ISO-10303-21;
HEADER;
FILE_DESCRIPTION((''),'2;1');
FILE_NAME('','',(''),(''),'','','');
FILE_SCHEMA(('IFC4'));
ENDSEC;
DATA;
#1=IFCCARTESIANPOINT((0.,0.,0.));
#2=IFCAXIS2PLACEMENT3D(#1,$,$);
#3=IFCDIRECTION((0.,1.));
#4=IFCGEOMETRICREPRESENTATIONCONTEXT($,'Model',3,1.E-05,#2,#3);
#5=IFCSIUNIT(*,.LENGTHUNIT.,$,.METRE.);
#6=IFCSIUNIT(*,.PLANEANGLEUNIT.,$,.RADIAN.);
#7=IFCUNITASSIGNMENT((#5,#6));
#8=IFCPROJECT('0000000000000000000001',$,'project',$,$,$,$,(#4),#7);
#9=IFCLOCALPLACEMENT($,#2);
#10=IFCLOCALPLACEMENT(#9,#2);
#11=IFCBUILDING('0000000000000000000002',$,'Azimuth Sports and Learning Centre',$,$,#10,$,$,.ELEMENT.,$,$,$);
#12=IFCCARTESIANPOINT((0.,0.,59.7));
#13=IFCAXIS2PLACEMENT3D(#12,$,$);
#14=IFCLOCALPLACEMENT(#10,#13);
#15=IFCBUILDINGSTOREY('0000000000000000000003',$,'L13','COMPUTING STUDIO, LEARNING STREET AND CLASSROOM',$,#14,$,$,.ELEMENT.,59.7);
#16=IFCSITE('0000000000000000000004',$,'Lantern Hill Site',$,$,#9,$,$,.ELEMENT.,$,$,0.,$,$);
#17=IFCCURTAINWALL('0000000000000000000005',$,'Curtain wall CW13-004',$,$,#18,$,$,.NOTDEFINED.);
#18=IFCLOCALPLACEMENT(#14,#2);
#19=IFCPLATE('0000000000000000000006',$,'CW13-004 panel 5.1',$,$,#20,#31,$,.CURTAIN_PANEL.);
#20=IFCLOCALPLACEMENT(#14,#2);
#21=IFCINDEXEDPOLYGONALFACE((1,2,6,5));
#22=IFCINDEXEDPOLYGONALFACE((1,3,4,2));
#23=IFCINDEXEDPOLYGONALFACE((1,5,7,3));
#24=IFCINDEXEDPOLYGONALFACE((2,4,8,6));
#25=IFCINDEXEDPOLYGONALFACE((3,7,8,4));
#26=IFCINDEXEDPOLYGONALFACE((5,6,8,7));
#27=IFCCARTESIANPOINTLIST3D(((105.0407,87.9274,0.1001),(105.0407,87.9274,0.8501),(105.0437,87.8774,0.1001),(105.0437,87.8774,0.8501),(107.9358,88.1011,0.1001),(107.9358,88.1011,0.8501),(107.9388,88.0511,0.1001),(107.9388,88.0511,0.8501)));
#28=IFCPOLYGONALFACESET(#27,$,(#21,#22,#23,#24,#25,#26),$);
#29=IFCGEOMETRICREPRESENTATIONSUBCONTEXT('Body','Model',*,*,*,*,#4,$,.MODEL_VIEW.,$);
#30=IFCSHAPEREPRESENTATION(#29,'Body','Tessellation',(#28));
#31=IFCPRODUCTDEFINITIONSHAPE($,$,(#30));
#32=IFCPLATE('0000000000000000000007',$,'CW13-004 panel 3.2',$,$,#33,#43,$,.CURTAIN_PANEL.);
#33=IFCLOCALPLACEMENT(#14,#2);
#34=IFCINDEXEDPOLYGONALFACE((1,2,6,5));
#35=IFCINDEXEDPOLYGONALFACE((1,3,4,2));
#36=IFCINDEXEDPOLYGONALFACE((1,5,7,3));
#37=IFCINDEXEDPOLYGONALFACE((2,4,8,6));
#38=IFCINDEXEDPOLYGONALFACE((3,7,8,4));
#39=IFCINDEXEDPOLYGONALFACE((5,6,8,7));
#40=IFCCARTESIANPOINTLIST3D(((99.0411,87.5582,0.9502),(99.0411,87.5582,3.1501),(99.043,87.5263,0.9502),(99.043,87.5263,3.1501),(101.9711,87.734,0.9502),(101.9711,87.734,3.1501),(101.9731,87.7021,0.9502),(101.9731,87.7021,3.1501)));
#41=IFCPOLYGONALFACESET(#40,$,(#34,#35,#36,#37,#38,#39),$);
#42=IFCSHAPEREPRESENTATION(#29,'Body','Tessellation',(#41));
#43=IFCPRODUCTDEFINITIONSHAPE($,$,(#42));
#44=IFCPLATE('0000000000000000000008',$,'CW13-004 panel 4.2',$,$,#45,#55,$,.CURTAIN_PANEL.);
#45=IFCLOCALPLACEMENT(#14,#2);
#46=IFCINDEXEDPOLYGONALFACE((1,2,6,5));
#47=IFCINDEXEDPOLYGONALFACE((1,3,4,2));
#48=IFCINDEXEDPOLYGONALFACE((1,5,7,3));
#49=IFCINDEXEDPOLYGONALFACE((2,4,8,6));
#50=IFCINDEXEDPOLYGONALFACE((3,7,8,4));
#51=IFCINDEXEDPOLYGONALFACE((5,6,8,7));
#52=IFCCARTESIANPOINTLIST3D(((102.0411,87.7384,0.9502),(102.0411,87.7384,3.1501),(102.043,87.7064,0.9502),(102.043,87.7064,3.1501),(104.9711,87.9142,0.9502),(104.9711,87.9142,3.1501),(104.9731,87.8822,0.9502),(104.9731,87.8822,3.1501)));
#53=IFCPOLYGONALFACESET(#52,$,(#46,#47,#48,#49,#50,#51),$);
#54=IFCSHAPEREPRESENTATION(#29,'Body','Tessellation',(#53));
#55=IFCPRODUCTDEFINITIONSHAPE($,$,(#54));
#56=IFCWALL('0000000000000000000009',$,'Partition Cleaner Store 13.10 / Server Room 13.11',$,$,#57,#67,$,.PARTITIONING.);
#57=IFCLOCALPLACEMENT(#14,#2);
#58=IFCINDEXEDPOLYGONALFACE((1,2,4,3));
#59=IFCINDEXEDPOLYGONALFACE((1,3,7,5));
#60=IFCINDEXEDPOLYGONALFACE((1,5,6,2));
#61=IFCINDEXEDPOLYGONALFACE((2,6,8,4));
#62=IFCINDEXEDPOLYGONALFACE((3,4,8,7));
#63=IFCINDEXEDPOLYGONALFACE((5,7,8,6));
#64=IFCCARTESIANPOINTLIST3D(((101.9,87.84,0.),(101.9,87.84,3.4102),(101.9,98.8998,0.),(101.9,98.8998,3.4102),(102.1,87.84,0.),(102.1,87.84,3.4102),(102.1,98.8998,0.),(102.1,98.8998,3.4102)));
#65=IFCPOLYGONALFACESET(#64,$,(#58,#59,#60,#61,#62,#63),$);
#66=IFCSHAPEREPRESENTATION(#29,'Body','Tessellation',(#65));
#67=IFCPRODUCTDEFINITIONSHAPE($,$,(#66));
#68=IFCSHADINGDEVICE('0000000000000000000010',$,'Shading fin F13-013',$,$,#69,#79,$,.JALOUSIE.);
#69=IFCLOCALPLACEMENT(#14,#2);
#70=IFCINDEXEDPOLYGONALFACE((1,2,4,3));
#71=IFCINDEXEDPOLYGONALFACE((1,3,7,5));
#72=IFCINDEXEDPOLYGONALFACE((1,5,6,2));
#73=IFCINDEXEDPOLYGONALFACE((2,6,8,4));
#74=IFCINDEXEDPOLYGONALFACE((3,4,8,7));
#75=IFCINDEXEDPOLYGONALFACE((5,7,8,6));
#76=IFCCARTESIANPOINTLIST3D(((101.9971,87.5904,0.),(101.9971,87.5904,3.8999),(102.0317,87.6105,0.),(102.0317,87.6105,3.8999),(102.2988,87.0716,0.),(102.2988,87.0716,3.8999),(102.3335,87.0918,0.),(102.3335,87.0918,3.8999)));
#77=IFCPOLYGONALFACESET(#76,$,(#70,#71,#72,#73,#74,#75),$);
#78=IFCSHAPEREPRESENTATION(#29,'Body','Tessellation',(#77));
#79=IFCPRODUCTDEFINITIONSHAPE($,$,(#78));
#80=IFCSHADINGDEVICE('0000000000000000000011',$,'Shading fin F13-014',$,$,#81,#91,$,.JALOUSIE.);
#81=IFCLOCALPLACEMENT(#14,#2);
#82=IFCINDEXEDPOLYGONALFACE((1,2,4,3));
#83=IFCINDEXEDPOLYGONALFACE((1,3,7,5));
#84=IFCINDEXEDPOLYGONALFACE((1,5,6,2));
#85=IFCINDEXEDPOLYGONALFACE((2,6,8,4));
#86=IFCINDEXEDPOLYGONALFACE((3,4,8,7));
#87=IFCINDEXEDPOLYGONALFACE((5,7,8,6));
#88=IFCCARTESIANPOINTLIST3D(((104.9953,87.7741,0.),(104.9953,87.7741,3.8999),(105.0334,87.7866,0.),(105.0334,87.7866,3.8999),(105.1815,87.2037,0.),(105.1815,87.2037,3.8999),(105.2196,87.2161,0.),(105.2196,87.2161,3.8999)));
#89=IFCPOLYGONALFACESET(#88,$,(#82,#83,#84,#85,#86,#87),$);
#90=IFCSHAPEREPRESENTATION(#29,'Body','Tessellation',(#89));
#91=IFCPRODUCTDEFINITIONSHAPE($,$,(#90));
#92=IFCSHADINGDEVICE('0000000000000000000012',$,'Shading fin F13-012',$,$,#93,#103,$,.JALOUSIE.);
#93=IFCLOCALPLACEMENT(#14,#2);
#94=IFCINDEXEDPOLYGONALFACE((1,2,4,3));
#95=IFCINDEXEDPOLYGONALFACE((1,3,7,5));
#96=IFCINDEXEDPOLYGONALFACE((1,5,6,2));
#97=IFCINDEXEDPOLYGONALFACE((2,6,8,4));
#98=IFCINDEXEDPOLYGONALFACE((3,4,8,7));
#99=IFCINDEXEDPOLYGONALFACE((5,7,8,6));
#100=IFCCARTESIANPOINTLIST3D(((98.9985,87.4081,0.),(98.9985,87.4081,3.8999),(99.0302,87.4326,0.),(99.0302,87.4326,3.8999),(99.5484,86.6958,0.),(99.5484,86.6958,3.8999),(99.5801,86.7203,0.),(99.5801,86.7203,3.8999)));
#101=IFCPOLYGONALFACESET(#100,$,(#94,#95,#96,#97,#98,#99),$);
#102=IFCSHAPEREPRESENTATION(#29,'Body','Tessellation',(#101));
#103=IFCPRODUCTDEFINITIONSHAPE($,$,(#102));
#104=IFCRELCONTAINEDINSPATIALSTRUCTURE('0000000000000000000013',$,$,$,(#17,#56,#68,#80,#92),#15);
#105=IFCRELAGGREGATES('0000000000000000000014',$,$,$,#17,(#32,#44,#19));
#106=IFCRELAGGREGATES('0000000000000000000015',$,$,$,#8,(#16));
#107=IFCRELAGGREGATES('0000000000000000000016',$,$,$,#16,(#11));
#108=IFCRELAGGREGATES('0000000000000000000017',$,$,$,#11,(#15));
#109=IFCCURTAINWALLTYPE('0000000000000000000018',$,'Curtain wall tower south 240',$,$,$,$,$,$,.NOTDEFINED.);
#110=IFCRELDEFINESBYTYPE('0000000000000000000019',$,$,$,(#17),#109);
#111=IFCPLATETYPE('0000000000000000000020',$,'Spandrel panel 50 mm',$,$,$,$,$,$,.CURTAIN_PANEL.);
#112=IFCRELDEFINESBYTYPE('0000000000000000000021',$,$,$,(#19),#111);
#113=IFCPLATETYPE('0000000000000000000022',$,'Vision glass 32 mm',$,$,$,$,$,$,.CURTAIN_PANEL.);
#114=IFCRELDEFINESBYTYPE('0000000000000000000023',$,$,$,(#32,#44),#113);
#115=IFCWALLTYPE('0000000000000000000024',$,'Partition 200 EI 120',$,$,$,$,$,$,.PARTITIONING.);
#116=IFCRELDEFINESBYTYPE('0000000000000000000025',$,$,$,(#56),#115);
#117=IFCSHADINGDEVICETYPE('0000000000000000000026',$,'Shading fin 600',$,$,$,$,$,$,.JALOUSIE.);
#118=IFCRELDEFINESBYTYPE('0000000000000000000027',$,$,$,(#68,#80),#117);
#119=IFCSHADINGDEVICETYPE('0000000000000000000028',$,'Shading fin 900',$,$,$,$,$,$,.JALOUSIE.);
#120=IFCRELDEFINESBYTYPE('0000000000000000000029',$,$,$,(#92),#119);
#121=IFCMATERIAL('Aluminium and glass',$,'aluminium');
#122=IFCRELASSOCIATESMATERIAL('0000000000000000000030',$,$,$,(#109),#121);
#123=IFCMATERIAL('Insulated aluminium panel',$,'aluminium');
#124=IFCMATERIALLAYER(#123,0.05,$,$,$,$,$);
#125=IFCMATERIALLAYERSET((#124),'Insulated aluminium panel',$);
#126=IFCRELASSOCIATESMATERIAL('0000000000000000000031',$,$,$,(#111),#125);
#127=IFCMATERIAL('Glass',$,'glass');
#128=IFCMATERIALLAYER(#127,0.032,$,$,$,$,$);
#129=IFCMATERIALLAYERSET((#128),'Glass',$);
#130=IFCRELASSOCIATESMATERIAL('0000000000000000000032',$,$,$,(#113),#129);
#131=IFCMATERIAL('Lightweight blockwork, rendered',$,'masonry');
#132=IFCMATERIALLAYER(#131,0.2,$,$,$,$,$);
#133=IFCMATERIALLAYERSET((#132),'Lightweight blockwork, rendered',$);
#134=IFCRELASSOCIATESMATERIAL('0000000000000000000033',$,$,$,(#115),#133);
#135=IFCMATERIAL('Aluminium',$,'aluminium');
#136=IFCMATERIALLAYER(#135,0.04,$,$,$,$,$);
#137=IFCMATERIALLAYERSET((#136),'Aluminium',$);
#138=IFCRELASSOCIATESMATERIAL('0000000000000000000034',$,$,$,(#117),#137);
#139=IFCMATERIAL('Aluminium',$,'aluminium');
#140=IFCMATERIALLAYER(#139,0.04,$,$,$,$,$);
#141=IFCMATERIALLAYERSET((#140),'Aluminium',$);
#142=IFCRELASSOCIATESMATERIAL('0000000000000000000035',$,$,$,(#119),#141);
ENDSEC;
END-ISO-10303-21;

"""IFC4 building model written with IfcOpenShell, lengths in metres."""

from ifc_helpers import new_model, si_unit, direction, frame, frame_2d, origin, origin_2d, place, context, subcontext, project, spatial, rectangle, extrude, material, layer, layer_set, type_object, element, aggregate, save


model = new_model("IFC4")

# Units and contexts
model_context = context("Model", 3, precision=1e-05, world=origin(), true_north=direction((0.0, 1.0)))
body_context = subcontext(model_context, "Body", "Model", "MODEL_VIEW")
ifc_project = project(units=[si_unit("LENGTHUNIT", "METRE"), si_unit("PLANEANGLEUNIT", "RADIAN")], contexts=[model_context])

# Site, building, storey
site_placement = place(None, origin())
site = spatial("IfcSite", under=ifc_project, at=site_placement, Name="Lantern Hill Site", CompositionType="ELEMENT", RefElevation=0.0)
building_placement = place(site_placement, origin())
building = spatial("IfcBuilding", under=site, at=building_placement, Name="Azimuth Sports and Learning Centre", CompositionType="ELEMENT")
storey_placement = place(building_placement, frame((0.0, 0.0, 59.7)))
storey = spatial("IfcBuildingStorey", under=building, at=storey_placement, Name="L13", Description="COMPUTING STUDIO, LEARNING STREET AND CLASSROOM", CompositionType="ELEMENT", Elevation=59.7)

# Curtain wall, plates
ifc_material_1 = material(Name="Aluminium and glass", Category="aluminium")
curtain_wall_type = type_object("IfcCurtainWallType", Name="Curtain wall tower south 240", PredefinedType="NOTDEFINED", material=ifc_material_1)
curtain_wall_placement = place(storey_placement, origin())
curtain_wall = element("IfcCurtainWall", 1, at=curtain_wall_placement, inside=storey, type_object=curtain_wall_type, Name="Curtain wall CW13-004", PredefinedType="NOTDEFINED")
ifc_material_2 = material(Name="Insulated aluminium panel", Category="aluminium")
ifc_layer_1 = layer(ifc_material_2, 0.05)
ifc_layer_set_1 = layer_set([ifc_layer_1], Name="Insulated aluminium panel")
plate_type_1 = type_object("IfcPlateType", Name="Spandrel panel 50 mm", PredefinedType="CURTAIN_PANEL", material=ifc_layer_set_1)
plate_1_placement = place(storey_placement, frame((106.4897, 87.9893, 0.1001), z_axis=(0.0, 0.0, 1.0), x_axis=(0.998205, 0.059892, 0.0)))
plate_1 = element("IfcPlate", 2, at=plate_1_placement, type_object=plate_type_1, Name="CW13-004 panel 5.1", PredefinedType="CURTAIN_PANEL", context=body_context, shape_type="SweptSolid", body=[
    extrude(rectangle(XDim=2.9004, YDim=0.05, at=origin_2d()), origin(), (0.0, 0.0, 1.0), 0.75),
])
ifc_material_3 = material(Name="Glass", Category="glass")
ifc_layer_2 = layer(ifc_material_3, 0.032)
ifc_layer_set_2 = layer_set([ifc_layer_2], Name="Glass")
plate_type_2 = type_object("IfcPlateType", Name="Vision glass 32 mm", PredefinedType="CURTAIN_PANEL", material=ifc_layer_set_2)
plate_2_placement = place(storey_placement, frame((100.5071, 87.6301, 0.9502), z_axis=(0.0, 0.0, 1.0), x_axis=(0.998205, 0.059892, 0.0)))
plate_2 = element("IfcPlate", 3, at=plate_2_placement, type_object=plate_type_2, Name="CW13-004 panel 3.2", PredefinedType="CURTAIN_PANEL", context=body_context, shape_type="SweptSolid", body=[
    extrude(rectangle(XDim=2.9353, YDim=0.032, at=origin_2d()), origin(), (0.0, 0.0, 1.0), 2.2),
])
plate_3_placement = place(storey_placement, frame((103.5071, 87.8103, 0.9502), z_axis=(0.0, 0.0, 1.0), x_axis=(0.998205, 0.059892, 0.0)))
plate_3 = element("IfcPlate", 4, at=plate_3_placement, type_object=plate_type_2, Name="CW13-004 panel 4.2", PredefinedType="CURTAIN_PANEL", context=body_context, shape_type="SweptSolid", body=[
    extrude(rectangle(XDim=2.9353, YDim=0.032, at=origin_2d()), origin(), (0.0, 0.0, 1.0), 2.2),
])
aggregate(curtain_wall, [plate_2, plate_3, plate_1])

# Wall
ifc_material_4 = material(Name="Lightweight blockwork, rendered", Category="masonry")
ifc_layer_3 = layer(ifc_material_4, 0.2)
ifc_layer_set_3 = layer_set([ifc_layer_3], Name="Lightweight blockwork, rendered")
wall_type = type_object("IfcWallType", Name="Partition 200 EI 120", PredefinedType="PARTITIONING", material=ifc_layer_set_3)
wall_placement = place(storey_placement, frame((102.0, 87.8401, 0.0), z_axis=(0.0, 0.0, 1.0), x_axis=(0.0, 1.0, 0.0)))
element("IfcWall", 5, at=wall_placement, inside=storey, type_object=wall_type, Name="Partition Cleaner Store 13.10 / Server Room 13.11", PredefinedType="PARTITIONING", context=body_context, shape_type="SweptSolid", body=[
    extrude(rectangle(XDim=11.0598, YDim=0.2, at=frame_2d((5.5298, 0.0))), origin(), (0.0, 0.0, 1.0), 3.4102),
])

# Shading devices
ifc_material_5 = material(Name="Aluminium", Category="aluminium")
ifc_layer_4 = layer(ifc_material_5, 0.04)
ifc_layer_set_4 = layer_set([ifc_layer_4], Name="Aluminium")
shading_device_type_1 = type_object("IfcShadingDeviceType", Name="Shading fin 600", PredefinedType="JALOUSIE", material=ifc_layer_set_4)
for number, where, z_axis, x_axis, name in (
    (6, (102.1653, 87.3411, 0.0), (0.0, 0.0, 1.0), (0.502821, -0.86439, 0.0), "Shading fin F13-013"),
    (7, (105.1074, 87.4951, 0.0), (0.0, 0.0, 1.0), (0.31028, -0.950645, 0.0), "Shading fin F13-014"),
):
    element("IfcShadingDevice", number, at=place(storey_placement, frame(where, z_axis=z_axis, x_axis=x_axis)), inside=storey, type_object=shading_device_type_1, Name=name, PredefinedType="JALOUSIE", context=body_context, shape_type="SweptSolid", body=[
        extrude(rectangle(XDim=0.6001, YDim=0.04, at=origin_2d()), origin(), (0.0, 0.0, 1.0), 3.8999),
    ])
ifc_material_6 = material(Name="Aluminium", Category="aluminium")
ifc_layer_5 = layer(ifc_material_6, 0.04)
ifc_layer_set_5 = layer_set([ifc_layer_5], Name="Aluminium")
shading_device_type_2 = type_object("IfcShadingDeviceType", Name="Shading fin 900", PredefinedType="JALOUSIE", material=ifc_layer_set_5)
shading_device_placement = place(storey_placement, frame((99.2893, 87.0642, 0.0), z_axis=(0.0, 0.0, 1.0), x_axis=(0.611135, -0.791526, 0.0)))
element("IfcShadingDevice", 8, at=shading_device_placement, inside=storey, type_object=shading_device_type_2, Name="Shading fin F13-012", PredefinedType="JALOUSIE", context=body_context, shape_type="SweptSolid", body=[
    extrude(rectangle(XDim=0.8999, YDim=0.04, at=origin_2d()), origin(), (0.0, 0.0, 1.0), 3.8999),
])

save(model, "model.ifc")
